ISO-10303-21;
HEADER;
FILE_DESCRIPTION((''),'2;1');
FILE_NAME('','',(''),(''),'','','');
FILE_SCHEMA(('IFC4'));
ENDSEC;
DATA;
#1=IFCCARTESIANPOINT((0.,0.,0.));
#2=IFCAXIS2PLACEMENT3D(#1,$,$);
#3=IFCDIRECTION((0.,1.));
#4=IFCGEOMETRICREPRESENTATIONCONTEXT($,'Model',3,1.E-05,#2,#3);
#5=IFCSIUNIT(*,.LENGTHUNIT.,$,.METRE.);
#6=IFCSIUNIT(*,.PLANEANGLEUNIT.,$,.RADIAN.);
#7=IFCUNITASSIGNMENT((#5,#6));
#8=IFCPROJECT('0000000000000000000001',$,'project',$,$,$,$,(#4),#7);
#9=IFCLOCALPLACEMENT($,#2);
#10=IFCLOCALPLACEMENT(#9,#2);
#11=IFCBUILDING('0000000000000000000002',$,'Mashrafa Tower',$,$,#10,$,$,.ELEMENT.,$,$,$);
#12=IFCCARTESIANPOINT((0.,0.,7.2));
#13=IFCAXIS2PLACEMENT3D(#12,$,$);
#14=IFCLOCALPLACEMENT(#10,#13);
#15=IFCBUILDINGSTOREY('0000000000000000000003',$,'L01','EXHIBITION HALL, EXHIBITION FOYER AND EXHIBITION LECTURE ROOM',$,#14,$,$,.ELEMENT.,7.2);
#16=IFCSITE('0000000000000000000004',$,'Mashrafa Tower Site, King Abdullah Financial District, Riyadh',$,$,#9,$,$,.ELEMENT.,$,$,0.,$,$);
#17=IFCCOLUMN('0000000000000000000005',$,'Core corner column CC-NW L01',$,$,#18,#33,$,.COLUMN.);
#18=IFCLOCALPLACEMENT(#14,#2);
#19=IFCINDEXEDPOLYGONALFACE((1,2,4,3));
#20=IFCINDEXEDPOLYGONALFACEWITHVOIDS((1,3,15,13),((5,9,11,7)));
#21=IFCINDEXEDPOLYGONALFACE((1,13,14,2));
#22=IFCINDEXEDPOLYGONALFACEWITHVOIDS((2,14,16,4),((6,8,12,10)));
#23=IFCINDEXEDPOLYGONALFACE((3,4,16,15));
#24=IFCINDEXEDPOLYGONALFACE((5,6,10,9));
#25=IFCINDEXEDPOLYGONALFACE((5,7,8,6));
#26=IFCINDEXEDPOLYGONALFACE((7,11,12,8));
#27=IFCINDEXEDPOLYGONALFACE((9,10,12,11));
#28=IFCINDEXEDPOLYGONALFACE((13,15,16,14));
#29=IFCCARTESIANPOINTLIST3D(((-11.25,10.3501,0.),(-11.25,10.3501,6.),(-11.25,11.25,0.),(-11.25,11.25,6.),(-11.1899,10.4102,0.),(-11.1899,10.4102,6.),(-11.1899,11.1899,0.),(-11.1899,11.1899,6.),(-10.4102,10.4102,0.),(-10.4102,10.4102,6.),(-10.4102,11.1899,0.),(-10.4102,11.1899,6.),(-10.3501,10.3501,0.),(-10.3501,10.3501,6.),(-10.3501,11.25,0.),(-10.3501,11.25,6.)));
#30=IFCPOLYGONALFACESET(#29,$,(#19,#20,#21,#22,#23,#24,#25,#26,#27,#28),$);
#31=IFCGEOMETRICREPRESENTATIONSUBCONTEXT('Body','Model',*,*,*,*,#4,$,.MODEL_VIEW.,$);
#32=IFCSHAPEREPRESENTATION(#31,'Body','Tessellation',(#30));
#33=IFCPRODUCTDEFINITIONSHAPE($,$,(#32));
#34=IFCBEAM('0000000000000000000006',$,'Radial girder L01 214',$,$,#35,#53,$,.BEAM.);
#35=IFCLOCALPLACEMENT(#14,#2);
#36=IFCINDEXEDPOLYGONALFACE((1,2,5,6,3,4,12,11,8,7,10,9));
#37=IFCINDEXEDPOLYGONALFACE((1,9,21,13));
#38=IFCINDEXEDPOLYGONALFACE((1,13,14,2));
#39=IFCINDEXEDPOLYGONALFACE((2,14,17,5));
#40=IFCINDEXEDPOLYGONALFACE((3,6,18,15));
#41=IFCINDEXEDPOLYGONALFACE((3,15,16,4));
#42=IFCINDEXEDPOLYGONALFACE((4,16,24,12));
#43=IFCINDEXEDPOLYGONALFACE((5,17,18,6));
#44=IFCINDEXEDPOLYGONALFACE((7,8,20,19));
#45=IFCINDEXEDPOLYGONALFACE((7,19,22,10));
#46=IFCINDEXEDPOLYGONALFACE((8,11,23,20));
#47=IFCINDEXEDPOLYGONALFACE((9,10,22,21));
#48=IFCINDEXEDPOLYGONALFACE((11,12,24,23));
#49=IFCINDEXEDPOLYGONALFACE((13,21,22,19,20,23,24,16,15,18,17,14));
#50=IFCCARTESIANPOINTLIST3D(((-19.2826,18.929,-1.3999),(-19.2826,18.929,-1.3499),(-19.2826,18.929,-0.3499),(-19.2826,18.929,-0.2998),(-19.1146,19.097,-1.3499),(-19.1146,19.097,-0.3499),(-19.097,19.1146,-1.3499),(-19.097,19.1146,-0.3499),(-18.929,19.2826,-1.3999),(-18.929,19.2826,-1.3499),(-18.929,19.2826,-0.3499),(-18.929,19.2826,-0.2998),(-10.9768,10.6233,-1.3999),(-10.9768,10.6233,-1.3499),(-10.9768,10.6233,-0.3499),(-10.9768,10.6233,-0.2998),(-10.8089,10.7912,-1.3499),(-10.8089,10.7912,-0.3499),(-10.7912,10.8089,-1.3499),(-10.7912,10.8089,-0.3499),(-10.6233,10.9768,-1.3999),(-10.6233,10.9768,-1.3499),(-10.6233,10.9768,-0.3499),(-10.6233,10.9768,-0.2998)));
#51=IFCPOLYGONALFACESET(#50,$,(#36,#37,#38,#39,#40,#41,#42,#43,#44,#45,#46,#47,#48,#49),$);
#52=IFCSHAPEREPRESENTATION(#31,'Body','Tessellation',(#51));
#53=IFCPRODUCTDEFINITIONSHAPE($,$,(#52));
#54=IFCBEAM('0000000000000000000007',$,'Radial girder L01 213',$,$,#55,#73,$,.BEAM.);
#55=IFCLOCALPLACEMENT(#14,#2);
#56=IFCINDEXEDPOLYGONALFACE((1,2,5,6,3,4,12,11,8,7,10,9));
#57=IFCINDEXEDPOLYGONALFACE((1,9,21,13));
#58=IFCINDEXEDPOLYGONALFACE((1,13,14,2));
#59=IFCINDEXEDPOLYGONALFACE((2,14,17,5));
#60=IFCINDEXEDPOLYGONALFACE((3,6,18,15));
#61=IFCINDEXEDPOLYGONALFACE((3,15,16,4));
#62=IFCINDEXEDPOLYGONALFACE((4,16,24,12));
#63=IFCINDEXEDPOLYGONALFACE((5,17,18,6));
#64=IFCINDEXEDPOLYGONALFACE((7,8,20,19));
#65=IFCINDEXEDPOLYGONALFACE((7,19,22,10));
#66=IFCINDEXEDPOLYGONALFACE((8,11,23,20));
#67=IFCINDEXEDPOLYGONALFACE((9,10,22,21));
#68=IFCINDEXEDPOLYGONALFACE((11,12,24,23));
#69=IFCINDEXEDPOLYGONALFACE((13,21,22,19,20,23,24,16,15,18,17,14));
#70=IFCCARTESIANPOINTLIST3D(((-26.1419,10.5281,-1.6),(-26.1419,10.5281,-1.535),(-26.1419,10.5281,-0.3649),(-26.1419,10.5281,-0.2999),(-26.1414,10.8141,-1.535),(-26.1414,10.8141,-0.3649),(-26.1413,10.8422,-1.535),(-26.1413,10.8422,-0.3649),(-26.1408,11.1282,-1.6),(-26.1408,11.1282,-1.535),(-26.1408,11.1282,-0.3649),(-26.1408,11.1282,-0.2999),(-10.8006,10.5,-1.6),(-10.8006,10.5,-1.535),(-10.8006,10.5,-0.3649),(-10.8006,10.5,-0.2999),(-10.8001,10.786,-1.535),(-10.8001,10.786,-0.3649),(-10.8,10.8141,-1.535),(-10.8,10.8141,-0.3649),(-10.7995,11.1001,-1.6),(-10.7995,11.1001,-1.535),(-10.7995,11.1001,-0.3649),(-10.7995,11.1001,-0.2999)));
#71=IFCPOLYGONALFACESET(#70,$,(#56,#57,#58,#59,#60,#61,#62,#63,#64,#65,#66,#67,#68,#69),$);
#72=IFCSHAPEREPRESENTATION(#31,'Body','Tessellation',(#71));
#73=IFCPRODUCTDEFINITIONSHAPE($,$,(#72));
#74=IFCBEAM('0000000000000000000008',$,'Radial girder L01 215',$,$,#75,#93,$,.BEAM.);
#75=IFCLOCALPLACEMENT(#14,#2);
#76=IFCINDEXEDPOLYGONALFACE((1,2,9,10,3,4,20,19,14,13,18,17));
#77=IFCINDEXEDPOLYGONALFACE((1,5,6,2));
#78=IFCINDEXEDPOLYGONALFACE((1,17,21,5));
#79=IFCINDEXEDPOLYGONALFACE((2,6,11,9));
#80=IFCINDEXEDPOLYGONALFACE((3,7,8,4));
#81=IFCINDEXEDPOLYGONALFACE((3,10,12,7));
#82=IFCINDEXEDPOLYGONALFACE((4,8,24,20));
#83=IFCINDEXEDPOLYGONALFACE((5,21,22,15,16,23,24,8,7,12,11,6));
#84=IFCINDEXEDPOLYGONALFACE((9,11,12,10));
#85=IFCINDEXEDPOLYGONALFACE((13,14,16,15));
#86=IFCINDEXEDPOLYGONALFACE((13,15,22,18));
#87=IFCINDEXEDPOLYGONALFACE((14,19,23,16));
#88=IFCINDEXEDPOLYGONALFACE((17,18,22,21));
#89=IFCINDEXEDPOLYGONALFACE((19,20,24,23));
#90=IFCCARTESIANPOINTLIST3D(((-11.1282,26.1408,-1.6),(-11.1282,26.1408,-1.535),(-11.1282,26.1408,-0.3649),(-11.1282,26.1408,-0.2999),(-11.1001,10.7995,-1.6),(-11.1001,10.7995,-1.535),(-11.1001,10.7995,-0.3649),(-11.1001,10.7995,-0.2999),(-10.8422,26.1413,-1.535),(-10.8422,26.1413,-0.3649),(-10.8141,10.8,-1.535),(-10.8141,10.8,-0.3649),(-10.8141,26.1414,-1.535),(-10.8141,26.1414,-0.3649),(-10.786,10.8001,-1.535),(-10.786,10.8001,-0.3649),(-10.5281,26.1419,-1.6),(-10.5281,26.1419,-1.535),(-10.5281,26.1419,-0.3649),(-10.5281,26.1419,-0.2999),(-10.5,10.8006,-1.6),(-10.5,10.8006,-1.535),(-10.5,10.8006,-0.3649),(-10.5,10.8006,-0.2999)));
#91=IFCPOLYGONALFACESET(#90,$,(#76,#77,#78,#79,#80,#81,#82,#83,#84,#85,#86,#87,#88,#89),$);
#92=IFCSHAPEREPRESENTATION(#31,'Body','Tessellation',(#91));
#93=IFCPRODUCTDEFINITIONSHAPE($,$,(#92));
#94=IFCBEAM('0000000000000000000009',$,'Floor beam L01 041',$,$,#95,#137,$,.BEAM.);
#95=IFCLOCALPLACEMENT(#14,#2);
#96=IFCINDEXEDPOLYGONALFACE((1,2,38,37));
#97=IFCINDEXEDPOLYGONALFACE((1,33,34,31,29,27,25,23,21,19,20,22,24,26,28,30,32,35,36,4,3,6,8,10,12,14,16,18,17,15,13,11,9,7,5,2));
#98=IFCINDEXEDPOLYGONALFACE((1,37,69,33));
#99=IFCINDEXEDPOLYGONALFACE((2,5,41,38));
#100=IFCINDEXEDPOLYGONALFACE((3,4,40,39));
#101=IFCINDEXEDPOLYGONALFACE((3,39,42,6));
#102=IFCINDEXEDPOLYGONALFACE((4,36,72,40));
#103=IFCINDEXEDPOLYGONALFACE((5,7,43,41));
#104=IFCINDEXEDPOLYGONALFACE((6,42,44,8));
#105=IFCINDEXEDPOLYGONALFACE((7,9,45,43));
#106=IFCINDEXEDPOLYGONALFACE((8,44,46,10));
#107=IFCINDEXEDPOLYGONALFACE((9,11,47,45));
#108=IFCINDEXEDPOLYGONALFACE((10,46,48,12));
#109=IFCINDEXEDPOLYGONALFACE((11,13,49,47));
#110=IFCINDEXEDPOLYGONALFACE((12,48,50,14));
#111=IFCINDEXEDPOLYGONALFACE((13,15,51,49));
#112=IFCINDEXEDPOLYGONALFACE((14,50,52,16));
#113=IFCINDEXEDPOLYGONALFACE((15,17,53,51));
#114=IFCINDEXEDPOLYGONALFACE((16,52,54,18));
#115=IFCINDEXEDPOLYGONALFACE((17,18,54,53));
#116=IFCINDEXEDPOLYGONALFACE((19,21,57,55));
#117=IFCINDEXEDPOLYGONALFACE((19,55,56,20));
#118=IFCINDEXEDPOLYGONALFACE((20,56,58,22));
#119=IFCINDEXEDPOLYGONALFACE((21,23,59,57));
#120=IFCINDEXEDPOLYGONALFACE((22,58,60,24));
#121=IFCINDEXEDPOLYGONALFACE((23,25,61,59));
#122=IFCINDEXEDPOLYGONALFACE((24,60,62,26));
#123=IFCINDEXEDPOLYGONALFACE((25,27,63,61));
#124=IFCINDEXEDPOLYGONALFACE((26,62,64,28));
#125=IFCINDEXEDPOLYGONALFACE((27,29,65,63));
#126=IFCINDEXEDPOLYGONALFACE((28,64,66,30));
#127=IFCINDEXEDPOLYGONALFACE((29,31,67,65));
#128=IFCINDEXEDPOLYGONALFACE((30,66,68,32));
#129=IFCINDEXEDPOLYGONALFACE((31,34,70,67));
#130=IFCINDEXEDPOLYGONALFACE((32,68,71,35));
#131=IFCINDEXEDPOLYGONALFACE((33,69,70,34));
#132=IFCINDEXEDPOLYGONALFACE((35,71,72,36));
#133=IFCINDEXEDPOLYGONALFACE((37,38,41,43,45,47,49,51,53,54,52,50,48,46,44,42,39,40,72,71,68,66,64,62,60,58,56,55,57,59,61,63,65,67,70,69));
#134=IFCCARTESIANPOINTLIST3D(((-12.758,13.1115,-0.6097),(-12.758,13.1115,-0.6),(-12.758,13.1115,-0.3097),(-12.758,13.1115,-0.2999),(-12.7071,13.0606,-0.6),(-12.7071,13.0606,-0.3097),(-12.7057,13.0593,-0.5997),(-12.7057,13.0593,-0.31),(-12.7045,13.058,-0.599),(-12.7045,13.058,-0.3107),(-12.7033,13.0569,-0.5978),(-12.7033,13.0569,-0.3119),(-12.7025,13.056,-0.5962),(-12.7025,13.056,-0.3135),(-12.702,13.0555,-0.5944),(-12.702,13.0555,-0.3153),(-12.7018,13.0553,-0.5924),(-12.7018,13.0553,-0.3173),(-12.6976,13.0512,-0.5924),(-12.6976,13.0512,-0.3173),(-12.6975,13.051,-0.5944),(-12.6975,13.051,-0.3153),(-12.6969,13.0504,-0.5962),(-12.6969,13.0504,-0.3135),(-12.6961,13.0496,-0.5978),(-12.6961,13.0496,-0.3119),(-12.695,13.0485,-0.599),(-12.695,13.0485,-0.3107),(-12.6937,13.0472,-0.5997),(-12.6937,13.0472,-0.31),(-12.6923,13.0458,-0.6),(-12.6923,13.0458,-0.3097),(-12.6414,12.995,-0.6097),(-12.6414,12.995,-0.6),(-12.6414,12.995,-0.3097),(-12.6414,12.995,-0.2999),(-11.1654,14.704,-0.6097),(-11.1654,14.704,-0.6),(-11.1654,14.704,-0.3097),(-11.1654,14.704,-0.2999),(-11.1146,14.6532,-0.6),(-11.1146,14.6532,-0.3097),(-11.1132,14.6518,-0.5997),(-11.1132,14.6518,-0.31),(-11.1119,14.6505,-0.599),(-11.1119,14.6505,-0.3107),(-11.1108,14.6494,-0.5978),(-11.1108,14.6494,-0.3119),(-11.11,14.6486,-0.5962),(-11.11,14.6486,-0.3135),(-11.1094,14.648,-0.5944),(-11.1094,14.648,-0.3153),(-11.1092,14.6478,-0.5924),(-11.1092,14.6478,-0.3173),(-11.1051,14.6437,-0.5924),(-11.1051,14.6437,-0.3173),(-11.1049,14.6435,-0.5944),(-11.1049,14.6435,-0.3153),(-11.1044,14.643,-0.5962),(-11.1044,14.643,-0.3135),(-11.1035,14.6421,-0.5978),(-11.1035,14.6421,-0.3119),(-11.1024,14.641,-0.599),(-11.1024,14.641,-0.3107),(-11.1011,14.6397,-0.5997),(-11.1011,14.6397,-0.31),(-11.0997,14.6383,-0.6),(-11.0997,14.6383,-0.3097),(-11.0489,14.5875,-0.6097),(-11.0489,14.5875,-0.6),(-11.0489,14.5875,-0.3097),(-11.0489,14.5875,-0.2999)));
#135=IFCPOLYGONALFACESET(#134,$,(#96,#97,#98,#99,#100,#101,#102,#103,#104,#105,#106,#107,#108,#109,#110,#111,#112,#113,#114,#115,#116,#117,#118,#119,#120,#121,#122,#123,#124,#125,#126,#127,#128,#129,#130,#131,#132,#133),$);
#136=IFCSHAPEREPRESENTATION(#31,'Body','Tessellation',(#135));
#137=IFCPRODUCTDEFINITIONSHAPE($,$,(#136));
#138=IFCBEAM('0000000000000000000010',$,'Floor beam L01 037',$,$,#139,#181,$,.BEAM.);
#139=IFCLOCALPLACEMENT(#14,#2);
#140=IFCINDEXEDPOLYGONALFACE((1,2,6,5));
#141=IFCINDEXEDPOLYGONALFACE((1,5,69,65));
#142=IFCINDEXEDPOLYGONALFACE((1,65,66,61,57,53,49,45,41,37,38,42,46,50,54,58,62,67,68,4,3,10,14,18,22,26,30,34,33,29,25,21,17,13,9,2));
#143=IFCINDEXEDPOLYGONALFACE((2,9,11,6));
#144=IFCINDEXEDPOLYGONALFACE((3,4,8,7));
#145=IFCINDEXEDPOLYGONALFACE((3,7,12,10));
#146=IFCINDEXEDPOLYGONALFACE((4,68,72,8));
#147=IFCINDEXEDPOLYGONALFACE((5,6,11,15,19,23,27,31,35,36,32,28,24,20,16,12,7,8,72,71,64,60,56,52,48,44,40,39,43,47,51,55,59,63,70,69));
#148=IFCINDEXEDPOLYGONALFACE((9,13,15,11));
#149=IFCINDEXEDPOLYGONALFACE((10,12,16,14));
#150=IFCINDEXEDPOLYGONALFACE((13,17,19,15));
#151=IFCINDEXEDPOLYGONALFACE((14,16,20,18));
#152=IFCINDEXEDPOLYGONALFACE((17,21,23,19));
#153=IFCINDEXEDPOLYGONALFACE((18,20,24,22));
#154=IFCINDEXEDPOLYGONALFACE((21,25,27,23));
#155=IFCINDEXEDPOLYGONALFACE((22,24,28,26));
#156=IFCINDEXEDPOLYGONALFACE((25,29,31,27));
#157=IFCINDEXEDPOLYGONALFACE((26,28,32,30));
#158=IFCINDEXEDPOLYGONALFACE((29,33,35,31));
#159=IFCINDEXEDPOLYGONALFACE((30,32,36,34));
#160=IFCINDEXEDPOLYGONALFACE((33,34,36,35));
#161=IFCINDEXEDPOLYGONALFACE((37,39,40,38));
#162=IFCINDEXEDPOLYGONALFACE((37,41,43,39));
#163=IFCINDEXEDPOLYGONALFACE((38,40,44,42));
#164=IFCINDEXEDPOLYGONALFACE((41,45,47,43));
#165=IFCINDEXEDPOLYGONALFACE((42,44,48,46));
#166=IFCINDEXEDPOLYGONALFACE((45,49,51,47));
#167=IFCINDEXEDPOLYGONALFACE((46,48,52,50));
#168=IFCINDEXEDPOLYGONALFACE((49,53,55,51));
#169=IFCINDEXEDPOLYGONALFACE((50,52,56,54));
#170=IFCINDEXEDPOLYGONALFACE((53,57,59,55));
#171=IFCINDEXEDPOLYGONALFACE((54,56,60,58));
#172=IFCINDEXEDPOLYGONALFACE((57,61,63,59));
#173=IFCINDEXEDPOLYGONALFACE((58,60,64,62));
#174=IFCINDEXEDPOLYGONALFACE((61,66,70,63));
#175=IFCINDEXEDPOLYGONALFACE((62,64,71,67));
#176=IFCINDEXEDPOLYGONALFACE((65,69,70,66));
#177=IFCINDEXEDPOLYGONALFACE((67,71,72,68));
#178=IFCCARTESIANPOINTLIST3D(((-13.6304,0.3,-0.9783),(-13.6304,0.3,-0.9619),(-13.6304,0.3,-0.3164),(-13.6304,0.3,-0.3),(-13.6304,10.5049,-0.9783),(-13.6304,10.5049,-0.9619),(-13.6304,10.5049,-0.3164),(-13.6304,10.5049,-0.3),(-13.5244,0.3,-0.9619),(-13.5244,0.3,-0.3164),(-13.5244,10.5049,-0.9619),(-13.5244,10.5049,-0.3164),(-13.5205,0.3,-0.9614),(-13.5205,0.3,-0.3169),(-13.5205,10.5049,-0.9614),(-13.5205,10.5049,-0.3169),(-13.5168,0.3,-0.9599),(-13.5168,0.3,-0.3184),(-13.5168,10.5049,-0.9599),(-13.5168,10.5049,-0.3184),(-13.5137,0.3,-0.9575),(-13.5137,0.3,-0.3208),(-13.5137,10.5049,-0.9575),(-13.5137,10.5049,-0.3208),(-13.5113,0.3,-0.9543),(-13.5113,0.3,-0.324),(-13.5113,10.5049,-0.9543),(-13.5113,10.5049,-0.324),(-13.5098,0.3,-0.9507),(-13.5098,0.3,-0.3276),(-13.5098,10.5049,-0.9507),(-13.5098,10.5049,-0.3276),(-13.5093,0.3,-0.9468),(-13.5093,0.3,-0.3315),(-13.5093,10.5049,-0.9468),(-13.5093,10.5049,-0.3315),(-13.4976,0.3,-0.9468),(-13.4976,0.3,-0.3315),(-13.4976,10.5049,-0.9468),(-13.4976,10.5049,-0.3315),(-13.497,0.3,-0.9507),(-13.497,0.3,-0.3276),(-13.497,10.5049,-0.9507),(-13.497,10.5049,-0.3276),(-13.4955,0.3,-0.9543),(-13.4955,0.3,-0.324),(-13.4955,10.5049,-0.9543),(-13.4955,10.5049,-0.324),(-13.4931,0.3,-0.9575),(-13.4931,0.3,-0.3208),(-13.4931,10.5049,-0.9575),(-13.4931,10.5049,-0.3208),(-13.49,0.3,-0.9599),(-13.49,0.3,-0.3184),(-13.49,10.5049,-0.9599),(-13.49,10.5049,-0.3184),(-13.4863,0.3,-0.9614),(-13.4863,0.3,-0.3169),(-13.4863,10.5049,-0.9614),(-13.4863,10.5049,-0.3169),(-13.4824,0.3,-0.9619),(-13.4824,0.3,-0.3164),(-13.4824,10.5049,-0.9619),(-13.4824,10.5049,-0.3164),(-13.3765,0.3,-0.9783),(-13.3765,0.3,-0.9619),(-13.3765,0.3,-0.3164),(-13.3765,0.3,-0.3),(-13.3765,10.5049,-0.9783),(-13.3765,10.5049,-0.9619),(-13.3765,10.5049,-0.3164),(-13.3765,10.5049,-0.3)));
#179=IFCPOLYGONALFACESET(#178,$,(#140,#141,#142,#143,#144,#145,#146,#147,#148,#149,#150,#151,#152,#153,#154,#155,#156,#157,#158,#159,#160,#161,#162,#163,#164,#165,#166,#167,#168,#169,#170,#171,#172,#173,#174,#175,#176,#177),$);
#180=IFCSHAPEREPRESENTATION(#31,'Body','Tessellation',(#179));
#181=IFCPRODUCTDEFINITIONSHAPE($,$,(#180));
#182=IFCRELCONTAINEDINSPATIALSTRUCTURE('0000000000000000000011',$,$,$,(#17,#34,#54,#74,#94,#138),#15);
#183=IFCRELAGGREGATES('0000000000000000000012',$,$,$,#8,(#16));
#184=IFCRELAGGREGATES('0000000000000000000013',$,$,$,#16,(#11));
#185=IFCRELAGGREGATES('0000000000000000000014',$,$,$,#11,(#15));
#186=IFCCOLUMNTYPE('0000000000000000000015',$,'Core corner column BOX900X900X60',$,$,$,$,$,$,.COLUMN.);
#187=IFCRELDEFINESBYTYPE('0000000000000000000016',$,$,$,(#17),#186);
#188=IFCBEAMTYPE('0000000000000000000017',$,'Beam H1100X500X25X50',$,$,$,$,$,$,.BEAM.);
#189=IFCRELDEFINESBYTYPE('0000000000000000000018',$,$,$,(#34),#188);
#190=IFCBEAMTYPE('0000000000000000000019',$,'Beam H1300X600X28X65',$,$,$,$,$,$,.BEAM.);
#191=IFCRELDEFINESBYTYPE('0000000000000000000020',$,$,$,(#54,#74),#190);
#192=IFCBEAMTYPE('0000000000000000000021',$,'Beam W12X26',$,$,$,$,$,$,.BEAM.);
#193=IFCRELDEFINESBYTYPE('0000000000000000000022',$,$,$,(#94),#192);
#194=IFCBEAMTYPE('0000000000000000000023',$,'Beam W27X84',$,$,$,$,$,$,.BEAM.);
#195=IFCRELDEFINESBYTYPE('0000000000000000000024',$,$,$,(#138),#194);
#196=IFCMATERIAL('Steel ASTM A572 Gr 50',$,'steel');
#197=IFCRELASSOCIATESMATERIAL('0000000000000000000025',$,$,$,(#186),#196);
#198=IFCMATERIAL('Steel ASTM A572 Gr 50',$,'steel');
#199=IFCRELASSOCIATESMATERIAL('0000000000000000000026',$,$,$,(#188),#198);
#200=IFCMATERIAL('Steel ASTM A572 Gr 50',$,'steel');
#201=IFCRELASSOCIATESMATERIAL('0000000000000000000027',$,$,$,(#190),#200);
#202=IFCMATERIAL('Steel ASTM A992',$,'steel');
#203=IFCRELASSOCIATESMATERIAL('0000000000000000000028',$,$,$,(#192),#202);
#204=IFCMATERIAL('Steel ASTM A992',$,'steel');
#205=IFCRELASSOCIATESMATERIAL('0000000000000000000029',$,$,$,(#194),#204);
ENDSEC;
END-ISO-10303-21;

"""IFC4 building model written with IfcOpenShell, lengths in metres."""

from ifc_helpers import new_model, si_unit, direction, frame, origin, origin_2d, place, context, subcontext, project, spatial, hollow_rectangle, i_section, extrude, material, material_profile, profile_set, type_object, element, save


model = new_model("IFC4")

# Units and contexts
model_context = context("Model", 3, precision=1e-05, world=origin(), true_north=direction((0.0, 1.0)))
body_context = subcontext(model_context, "Body", "Model", "MODEL_VIEW")
ifc_project = project(units=[si_unit("LENGTHUNIT", "METRE"), si_unit("PLANEANGLEUNIT", "RADIAN")], contexts=[model_context])

# Site, building, storey
site_placement = place(None, origin())
site = spatial("IfcSite", under=ifc_project, at=site_placement, Name="Mashrafa Tower Site, King Abdullah Financial District, Riyadh", CompositionType="ELEMENT", RefElevation=0.0)
building_placement = place(site_placement, origin())
building = spatial("IfcBuilding", under=site, at=building_placement, Name="Mashrafa Tower", CompositionType="ELEMENT")
storey_placement = place(building_placement, frame((0.0, 0.0, 7.2)))
storey = spatial("IfcBuildingStorey", under=building, at=storey_placement, Name="L01", Description="EXHIBITION HALL, EXHIBITION FOYER AND EXHIBITION LECTURE ROOM", CompositionType="ELEMENT", Elevation=7.2)

# Column
ifc_material_1 = material(Name="Steel ASTM A572 Gr 50", Category="steel")
ifc_material_profile_1 = material_profile(ifc_material_1, hollow_rectangle(XDim=0.8999, YDim=0.8999, WallThickness=0.0601, at=origin_2d()), Name="BOX900X900X60")
ifc_profile_set_1 = profile_set([ifc_material_profile_1], Name="Steel ASTM A572 Gr 50")
column_type = type_object("IfcColumnType", Name="Core corner column BOX900X900X60", PredefinedType="COLUMN", material=ifc_profile_set_1)
column_placement = place(storey_placement, frame((-10.8, 10.8, 0.0), z_axis=(0.0, 0.0, 1.0), x_axis=(1.0, 0.0, 0.0)))
element("IfcColumn", 1, at=column_placement, inside=storey, type_object=column_type, Name="Core corner column CC-NW L01", PredefinedType="COLUMN", context=body_context, shape_type="SweptSolid", body=[
    extrude(hollow_rectangle(XDim=0.8999, YDim=0.8999, WallThickness=0.0601, at=origin_2d()), origin(), (0.0, 0.0, 1.0), 6.0),
])

# Beams
ifc_material_2 = material(Name="Steel ASTM A572 Gr 50", Category="steel")
ifc_material_profile_2 = material_profile(ifc_material_2, i_section(OverallWidth=0.5, OverallDepth=1.1001, WebThickness=0.0249, FlangeThickness=0.05, at=origin_2d()), Name="H1100X500X25X50")
ifc_profile_set_2 = profile_set([ifc_material_profile_2], Name="Steel ASTM A572 Gr 50")
beam_type_1 = type_object("IfcBeamType", Name="Beam H1100X500X25X50", PredefinedType="BEAM", material=ifc_profile_set_2)
beam_1_placement = place(storey_placement, frame((-10.8, 10.8, -0.8499), z_axis=(-0.707107, 0.707107, 0.0), x_axis=(-0.707107, -0.707107, 0.0)))
element("IfcBeam", 2, at=beam_1_placement, inside=storey, type_object=beam_type_1, Name="Radial girder L01 214", PredefinedType="BEAM", context=body_context, shape_type="SweptSolid", body=[
    extrude(i_section(OverallWidth=0.5, OverallDepth=1.1001, WebThickness=0.0249, FlangeThickness=0.05, at=origin_2d()), origin(), (0.0, 0.0, 1.0), 11.7461),
])
ifc_material_3 = material(Name="Steel ASTM A572 Gr 50", Category="steel")
ifc_material_profile_3 = material_profile(ifc_material_3, i_section(OverallWidth=0.6001, OverallDepth=1.3, WebThickness=0.0281, FlangeThickness=0.0649, at=origin_2d()), Name="H1300X600X28X65")
ifc_profile_set_3 = profile_set([ifc_material_profile_3], Name="Steel ASTM A572 Gr 50")
beam_type_2 = type_object("IfcBeamType", Name="Beam H1300X600X28X65", PredefinedType="BEAM", material=ifc_profile_set_3)
for number, where, z_axis, x_axis, name in (
    (3, (-10.8, 10.8, -0.95), (-0.999998, 0.00183, 0.0), (-0.00183, -0.999998, 0.0), "Radial girder L01 213"),
    (4, (-10.8, 10.8, -0.95), (-0.00183, 0.999998, 0.0), (-0.999998, -0.00183, 0.0), "Radial girder L01 215"),
):
    element("IfcBeam", number, at=place(storey_placement, frame(where, z_axis=z_axis, x_axis=x_axis)), inside=storey, type_object=beam_type_2, Name=name, PredefinedType="BEAM", context=body_context, shape_type="SweptSolid", body=[
        extrude(i_section(OverallWidth=0.6001, OverallDepth=1.3, WebThickness=0.0281, FlangeThickness=0.0649, at=origin_2d()), origin(), (0.0, 0.0, 1.0), 15.3413),
    ])
ifc_material_4 = material(Name="Steel ASTM A992", Category="steel")
ifc_material_profile_4 = material_profile(ifc_material_4, i_section(OverallWidth=0.1648, OverallDepth=0.3098, WebThickness=0.0059, FlangeThickness=0.0098, FilletRadius=0.0076, at=origin_2d()), Name="W12X26")
ifc_profile_set_4 = profile_set([ifc_material_profile_4], Name="Steel ASTM A992")
beam_type_3 = type_object("IfcBeamType", Name="Beam W12X26", PredefinedType="BEAM", material=ifc_profile_set_4)
beam_2_placement = place(storey_placement, frame((-12.6997, 13.0532, -0.4548), z_axis=(0.707107, 0.707107, 0.0), x_axis=(-0.707107, 0.707107, 0.0)))
element("IfcBeam", 5, at=beam_2_placement, inside=storey, type_object=beam_type_3, Name="Floor beam L01 041", PredefinedType="BEAM", context=body_context, shape_type="SweptSolid", body=[
    extrude(i_section(OverallWidth=0.1648, OverallDepth=0.3098, WebThickness=0.0059, FlangeThickness=0.0098, FilletRadius=0.0076, at=origin_2d()), origin(), (0.0, 0.0, 1.0), 2.2522),
])
ifc_material_5 = material(Name="Steel ASTM A992", Category="steel")
ifc_material_profile_5 = material_profile(ifc_material_5, i_section(OverallWidth=0.2539, OverallDepth=0.6782, WebThickness=0.0117, FlangeThickness=0.0164, FilletRadius=0.0151, at=origin_2d()), Name="W27X84")
ifc_profile_set_5 = profile_set([ifc_material_profile_5], Name="Steel ASTM A992")
beam_type_4 = type_object("IfcBeamType", Name="Beam W27X84", PredefinedType="BEAM", material=ifc_profile_set_5)
beam_3_placement = place(storey_placement, frame((-13.5034, 0.3, -0.6392), z_axis=(0.0, 1.0, 0.0), x_axis=(-1.0, 0.0, 0.0)))
element("IfcBeam", 6, at=beam_3_placement, inside=storey, type_object=beam_type_4, Name="Floor beam L01 037", PredefinedType="BEAM", context=body_context, shape_type="SweptSolid", body=[
    extrude(i_section(OverallWidth=0.2539, OverallDepth=0.6782, WebThickness=0.0117, FlangeThickness=0.0164, FilletRadius=0.0151, at=origin_2d()), origin(), (0.0, 0.0, 1.0), 10.2048),
])

save(model, "model.ifc")
